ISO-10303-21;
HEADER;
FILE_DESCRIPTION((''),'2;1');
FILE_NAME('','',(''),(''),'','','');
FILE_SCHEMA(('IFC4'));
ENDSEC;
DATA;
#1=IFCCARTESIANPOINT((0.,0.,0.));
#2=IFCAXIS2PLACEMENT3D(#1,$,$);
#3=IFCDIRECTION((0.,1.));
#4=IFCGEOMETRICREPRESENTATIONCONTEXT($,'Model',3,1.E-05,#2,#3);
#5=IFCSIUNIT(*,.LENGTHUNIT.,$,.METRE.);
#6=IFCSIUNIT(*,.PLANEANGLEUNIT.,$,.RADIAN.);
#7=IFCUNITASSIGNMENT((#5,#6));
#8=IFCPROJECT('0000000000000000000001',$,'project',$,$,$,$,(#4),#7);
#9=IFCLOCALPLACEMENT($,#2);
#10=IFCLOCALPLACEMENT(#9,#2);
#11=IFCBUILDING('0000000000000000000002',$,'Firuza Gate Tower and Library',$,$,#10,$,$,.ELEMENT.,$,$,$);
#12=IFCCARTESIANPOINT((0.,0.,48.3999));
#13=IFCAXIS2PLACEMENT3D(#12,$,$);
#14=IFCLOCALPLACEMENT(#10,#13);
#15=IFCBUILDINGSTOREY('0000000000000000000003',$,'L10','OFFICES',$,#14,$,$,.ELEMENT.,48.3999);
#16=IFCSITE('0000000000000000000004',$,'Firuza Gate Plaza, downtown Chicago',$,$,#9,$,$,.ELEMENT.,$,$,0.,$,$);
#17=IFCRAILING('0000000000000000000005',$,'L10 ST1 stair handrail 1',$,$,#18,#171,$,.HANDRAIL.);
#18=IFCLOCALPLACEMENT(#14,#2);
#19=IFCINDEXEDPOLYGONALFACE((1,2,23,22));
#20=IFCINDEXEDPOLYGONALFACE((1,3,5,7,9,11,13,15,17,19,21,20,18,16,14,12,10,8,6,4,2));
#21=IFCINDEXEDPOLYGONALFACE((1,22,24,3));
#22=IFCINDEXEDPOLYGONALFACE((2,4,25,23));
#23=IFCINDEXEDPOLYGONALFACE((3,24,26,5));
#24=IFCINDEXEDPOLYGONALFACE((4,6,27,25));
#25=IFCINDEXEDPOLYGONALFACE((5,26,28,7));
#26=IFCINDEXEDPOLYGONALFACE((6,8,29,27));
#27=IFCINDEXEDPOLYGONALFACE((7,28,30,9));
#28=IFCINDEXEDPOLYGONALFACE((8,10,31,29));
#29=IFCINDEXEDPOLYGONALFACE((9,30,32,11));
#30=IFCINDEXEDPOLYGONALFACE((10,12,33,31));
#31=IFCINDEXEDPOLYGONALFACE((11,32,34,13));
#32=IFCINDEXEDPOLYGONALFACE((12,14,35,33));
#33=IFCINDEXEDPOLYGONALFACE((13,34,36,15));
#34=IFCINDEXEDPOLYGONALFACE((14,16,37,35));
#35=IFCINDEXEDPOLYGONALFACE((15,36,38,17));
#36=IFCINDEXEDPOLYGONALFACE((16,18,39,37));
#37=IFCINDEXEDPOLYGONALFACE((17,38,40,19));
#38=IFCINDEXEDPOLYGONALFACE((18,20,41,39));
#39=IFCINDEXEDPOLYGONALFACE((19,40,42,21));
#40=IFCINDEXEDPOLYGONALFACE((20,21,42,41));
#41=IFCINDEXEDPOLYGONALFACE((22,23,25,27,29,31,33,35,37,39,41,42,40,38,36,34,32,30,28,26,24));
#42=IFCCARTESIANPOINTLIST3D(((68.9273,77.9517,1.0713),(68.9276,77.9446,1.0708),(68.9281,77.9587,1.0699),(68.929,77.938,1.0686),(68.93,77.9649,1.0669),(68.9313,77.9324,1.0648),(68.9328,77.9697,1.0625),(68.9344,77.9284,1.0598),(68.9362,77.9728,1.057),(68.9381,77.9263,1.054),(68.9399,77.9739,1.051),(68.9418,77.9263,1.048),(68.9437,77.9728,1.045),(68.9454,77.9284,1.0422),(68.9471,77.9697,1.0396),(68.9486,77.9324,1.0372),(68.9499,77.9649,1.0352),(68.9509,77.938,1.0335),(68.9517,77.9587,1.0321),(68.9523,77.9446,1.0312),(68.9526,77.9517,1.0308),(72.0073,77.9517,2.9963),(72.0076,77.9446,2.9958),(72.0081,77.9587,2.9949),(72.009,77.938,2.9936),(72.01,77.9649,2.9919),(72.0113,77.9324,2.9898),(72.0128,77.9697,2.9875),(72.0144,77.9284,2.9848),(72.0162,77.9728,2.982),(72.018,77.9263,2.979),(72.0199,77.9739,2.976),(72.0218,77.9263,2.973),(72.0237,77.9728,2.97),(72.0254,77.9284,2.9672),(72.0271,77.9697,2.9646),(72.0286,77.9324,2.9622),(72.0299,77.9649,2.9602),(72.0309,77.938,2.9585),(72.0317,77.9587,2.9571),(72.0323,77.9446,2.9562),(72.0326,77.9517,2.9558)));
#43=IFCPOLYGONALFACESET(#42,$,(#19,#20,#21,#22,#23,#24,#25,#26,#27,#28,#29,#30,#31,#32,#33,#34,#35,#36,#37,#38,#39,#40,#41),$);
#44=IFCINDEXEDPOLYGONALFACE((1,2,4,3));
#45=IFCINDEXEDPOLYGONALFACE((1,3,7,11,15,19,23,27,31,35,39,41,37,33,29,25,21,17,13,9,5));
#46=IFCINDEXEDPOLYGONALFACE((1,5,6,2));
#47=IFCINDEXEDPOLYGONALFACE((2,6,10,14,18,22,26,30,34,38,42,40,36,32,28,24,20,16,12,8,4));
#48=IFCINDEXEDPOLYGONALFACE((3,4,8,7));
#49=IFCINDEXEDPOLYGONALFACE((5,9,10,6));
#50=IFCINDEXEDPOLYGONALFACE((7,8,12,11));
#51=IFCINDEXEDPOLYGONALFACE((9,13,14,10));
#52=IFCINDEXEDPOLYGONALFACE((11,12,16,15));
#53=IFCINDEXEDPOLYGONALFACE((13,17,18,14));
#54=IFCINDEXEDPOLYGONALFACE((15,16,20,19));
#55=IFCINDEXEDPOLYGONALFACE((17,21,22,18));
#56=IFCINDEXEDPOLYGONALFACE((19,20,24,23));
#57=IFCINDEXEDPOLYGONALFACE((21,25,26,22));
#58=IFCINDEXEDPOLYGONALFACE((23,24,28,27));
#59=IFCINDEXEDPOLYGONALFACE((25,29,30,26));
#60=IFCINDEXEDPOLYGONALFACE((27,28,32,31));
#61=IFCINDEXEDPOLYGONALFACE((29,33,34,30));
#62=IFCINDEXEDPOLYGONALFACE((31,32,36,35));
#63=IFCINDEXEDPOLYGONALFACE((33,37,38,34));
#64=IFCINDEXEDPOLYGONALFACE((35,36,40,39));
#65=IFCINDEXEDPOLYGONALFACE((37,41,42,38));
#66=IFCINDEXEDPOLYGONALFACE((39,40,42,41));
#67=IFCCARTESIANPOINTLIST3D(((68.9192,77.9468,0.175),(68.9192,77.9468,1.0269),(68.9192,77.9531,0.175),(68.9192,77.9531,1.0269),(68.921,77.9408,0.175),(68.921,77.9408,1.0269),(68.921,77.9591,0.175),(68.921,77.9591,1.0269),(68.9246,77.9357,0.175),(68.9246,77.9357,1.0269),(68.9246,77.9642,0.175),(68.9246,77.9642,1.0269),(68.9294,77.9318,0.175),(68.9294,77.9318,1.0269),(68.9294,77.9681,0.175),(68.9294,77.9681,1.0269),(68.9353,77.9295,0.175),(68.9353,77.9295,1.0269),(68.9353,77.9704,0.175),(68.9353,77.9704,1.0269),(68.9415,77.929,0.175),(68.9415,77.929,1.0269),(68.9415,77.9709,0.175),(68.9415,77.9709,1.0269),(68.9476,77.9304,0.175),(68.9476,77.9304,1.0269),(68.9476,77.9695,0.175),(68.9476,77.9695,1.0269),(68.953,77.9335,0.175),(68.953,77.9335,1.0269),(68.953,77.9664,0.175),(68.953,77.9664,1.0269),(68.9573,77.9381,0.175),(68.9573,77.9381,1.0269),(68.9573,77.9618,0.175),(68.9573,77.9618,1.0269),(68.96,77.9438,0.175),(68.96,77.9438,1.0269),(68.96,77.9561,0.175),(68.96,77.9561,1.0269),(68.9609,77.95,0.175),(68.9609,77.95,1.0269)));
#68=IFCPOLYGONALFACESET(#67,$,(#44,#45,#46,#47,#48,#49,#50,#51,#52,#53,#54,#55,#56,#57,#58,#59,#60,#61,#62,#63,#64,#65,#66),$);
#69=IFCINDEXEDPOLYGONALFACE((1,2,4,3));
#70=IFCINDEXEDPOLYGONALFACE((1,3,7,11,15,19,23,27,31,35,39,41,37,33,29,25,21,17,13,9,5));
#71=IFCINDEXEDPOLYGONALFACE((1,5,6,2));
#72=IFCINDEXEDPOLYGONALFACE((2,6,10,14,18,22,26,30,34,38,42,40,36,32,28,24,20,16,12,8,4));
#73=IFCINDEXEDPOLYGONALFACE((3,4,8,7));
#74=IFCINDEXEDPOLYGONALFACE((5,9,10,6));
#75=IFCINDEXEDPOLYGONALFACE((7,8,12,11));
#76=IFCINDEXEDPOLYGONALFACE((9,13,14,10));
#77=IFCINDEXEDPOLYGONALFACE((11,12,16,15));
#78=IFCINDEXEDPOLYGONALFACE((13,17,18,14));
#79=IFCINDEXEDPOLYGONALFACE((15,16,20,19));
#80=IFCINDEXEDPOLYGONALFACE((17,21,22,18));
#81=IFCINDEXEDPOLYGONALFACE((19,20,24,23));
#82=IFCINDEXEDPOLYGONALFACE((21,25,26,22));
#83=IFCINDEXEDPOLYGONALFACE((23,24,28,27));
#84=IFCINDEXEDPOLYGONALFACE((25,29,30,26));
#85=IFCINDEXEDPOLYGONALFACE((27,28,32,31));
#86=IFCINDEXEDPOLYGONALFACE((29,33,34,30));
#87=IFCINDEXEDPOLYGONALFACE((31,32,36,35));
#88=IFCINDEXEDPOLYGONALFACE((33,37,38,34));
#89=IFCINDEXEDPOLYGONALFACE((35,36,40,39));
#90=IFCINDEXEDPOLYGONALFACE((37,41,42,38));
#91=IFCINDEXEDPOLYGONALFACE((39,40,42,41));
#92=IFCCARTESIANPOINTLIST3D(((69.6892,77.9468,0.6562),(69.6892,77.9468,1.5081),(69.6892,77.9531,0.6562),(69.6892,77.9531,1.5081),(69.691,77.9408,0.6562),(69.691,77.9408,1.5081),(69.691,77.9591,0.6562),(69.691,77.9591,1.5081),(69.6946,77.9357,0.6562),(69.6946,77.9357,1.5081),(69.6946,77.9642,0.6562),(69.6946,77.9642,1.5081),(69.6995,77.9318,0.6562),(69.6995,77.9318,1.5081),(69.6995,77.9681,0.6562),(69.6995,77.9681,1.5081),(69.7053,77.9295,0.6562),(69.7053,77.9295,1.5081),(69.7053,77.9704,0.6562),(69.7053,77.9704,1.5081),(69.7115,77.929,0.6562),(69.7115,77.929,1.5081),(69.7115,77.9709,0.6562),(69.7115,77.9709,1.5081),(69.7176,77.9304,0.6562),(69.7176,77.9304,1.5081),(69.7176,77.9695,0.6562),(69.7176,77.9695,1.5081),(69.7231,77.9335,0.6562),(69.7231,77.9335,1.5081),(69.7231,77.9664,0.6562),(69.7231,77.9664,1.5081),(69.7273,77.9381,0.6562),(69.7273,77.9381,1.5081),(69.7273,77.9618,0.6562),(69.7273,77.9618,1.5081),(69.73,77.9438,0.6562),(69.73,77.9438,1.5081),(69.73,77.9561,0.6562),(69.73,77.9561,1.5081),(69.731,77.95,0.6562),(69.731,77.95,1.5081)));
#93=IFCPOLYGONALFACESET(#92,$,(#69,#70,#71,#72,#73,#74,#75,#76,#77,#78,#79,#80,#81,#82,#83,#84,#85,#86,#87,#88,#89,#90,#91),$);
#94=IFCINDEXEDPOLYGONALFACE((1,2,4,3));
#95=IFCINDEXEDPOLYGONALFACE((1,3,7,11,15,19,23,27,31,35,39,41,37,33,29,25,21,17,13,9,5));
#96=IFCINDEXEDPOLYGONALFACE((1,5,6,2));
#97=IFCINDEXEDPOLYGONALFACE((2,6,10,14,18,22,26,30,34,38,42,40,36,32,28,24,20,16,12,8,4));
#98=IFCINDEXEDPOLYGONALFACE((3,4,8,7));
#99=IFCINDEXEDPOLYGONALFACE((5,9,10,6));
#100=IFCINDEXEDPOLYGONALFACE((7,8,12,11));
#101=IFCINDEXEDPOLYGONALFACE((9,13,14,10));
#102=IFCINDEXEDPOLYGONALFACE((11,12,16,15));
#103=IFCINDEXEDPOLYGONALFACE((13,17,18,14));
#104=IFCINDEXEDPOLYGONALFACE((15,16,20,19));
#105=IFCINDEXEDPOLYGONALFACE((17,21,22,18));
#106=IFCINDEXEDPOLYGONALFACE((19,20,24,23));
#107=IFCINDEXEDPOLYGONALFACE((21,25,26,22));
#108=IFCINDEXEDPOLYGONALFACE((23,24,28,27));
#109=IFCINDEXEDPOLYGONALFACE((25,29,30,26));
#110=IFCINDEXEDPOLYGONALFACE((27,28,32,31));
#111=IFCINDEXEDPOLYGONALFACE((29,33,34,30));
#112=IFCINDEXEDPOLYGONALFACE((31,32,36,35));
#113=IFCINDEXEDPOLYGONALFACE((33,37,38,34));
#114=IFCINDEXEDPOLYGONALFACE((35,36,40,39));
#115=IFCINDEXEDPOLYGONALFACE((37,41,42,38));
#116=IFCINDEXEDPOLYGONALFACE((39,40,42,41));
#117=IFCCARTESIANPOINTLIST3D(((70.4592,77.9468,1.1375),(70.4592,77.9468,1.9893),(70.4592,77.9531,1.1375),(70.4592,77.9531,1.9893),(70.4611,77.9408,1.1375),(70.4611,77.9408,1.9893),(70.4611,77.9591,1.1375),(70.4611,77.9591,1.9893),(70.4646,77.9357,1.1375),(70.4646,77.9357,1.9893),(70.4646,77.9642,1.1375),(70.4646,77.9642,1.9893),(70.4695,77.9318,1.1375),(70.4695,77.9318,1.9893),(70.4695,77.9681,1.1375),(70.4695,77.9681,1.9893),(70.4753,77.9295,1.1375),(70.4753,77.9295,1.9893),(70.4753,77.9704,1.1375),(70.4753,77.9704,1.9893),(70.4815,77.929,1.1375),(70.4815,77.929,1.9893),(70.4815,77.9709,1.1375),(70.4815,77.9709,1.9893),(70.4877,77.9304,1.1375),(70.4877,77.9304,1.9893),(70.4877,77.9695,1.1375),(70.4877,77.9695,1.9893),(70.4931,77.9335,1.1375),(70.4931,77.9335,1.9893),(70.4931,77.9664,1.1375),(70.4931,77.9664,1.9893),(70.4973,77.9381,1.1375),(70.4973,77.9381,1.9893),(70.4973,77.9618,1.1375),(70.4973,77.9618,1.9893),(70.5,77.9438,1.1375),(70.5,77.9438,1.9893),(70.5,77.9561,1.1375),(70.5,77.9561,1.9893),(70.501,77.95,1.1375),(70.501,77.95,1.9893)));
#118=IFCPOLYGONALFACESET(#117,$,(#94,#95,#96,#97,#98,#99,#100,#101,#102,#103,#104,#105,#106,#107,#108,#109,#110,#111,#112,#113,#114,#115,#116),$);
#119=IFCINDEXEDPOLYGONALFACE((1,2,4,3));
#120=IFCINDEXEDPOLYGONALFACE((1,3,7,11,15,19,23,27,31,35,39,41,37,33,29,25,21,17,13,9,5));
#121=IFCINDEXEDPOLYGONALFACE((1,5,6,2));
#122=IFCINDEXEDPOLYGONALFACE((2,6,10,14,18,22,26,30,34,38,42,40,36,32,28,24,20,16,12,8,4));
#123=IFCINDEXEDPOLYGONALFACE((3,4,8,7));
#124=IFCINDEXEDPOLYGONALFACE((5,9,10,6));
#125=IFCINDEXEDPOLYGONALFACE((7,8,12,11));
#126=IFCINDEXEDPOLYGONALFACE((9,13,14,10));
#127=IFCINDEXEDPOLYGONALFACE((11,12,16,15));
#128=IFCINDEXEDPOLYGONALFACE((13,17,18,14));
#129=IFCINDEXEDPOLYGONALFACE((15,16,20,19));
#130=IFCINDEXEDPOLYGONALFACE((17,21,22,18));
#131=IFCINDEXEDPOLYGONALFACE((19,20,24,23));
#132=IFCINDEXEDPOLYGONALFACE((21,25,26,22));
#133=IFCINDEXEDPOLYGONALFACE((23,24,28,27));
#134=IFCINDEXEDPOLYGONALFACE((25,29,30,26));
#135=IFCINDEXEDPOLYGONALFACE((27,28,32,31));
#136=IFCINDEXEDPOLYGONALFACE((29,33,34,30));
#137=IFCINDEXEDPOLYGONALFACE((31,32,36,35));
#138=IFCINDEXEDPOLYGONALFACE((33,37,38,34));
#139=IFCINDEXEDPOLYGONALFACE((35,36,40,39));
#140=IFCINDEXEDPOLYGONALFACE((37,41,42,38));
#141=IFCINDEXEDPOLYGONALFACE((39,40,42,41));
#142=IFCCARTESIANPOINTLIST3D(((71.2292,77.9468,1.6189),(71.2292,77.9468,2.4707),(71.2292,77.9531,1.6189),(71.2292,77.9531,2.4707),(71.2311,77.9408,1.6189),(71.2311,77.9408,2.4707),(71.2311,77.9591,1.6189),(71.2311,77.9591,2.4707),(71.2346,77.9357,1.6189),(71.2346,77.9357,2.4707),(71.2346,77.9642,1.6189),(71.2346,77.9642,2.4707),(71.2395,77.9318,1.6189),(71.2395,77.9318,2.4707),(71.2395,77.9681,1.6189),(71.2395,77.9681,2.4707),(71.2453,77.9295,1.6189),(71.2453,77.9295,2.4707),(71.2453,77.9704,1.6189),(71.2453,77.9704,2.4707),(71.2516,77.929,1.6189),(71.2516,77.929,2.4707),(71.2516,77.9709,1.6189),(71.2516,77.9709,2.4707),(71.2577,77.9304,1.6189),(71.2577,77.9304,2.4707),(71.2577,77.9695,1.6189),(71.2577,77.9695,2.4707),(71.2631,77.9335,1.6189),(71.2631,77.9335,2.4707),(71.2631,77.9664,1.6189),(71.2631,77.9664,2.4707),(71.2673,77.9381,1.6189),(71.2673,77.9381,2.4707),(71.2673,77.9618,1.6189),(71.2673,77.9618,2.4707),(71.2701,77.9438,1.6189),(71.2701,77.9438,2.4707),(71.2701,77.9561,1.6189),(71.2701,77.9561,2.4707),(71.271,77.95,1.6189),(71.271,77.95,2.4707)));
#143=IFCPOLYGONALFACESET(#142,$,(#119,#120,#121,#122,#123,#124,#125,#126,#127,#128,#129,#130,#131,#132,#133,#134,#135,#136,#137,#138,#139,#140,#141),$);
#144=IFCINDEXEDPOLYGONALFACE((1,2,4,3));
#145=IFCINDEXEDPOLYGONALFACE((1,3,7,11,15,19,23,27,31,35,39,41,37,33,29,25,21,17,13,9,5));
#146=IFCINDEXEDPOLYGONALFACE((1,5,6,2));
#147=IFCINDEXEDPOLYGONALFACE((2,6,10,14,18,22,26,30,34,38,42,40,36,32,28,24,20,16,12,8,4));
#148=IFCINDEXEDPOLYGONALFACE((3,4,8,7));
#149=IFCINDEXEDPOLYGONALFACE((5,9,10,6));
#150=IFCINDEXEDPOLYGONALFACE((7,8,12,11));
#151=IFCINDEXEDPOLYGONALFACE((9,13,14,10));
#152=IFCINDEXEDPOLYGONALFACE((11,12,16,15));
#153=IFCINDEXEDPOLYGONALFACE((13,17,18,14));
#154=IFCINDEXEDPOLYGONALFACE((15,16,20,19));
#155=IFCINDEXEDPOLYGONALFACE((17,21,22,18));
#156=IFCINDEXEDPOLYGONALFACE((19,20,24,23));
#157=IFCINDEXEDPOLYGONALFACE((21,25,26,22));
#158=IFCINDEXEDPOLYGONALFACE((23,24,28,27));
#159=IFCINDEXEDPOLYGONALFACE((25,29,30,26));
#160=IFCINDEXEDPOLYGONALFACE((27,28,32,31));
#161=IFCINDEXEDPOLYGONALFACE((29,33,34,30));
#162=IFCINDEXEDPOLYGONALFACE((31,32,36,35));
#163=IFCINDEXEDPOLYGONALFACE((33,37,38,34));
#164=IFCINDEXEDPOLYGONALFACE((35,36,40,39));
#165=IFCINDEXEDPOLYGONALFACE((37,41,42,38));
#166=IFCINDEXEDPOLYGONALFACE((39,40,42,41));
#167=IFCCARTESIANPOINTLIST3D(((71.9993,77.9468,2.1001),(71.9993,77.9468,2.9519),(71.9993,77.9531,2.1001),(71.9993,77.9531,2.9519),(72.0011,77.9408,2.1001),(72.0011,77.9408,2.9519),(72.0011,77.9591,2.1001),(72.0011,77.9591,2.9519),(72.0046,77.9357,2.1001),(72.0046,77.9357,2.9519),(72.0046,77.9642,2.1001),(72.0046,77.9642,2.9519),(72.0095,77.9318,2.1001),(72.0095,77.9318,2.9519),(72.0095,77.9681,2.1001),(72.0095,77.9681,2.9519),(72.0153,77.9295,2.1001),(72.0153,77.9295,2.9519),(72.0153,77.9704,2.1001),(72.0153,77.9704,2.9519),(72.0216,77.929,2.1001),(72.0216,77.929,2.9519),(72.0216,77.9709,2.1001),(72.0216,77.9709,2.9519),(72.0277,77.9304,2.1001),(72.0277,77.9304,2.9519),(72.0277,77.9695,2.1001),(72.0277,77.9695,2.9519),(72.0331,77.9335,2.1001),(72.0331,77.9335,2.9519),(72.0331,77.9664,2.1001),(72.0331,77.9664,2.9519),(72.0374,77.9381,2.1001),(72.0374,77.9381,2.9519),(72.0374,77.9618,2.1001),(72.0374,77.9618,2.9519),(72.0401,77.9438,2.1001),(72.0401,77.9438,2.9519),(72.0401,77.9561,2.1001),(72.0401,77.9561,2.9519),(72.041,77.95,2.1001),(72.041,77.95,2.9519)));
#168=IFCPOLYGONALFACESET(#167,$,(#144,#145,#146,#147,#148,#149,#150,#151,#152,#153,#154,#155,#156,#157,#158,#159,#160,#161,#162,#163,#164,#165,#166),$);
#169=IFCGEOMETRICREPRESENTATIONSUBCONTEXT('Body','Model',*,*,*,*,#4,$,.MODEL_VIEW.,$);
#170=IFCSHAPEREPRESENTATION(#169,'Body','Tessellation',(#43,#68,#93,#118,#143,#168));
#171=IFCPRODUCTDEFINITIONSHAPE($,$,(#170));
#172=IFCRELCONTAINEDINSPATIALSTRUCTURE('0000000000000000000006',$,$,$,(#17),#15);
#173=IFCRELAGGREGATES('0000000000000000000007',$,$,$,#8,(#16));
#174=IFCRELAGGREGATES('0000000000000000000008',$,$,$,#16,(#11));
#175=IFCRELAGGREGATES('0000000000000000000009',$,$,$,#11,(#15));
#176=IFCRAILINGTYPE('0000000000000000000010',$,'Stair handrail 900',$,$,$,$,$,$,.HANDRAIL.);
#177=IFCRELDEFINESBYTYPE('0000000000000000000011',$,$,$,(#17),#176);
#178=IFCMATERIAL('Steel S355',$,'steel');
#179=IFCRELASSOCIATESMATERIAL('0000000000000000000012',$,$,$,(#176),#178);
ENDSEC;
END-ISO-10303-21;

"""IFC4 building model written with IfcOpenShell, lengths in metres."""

from ifc_helpers import new_model, si_unit, direction, frame, origin, origin_2d, place, context, subcontext, project, spatial, circle, extrude, material, type_object, element, save


model = new_model("IFC4")

# Units and contexts
model_context = context("Model", 3, precision=1e-05, world=origin(), true_north=direction((0.0, 1.0)))
body_context = subcontext(model_context, "Body", "Model", "MODEL_VIEW")
ifc_project = project(units=[si_unit("LENGTHUNIT", "METRE"), si_unit("PLANEANGLEUNIT", "RADIAN")], contexts=[model_context])

# Site, building, storey
site_placement = place(None, origin())
site = spatial("IfcSite", under=ifc_project, at=site_placement, Name="Firuza Gate Plaza, downtown Chicago", CompositionType="ELEMENT", RefElevation=0.0)
building_placement = place(site_placement, origin())
building = spatial("IfcBuilding", under=site, at=building_placement, Name="Firuza Gate Tower and Library", CompositionType="ELEMENT")
storey_placement = place(building_placement, frame((0.0, 0.0, 48.3999)))
storey = spatial("IfcBuildingStorey", under=building, at=storey_placement, Name="L10", Description="OFFICES", CompositionType="ELEMENT", Elevation=48.3999)

# Railing
ifc_material_1 = material(Name="Steel S355", Category="steel")
railing_type_1 = type_object("IfcRailingType", Name="Stair handrail 900", PredefinedType="HANDRAIL", material=ifc_material_1)
railing_1_placement = place(storey_placement, frame((68.9399, 77.95, 0.175)))
element("IfcRailing", 1, at=railing_1_placement, inside=storey, type_object=railing_type_1, Name="L10 ST1 stair handrail 1", PredefinedType="HANDRAIL", context=body_context, shape_type="SweptSolid", body=[
    extrude(circle(Radius=0.0239, at=origin_2d()), frame((0.0, 0.0, 0.876), z_axis=(0.847998, 0.0, 0.529999), x_axis=(0.0, 1.0, 0.0)), (0.0, 0.0, 1.0), 3.6321),
    extrude(circle(Radius=0.021, at=origin_2d()), origin(), (0.0, 0.0, 1.0), 0.8518),
    extrude(circle(Radius=0.021, at=origin_2d()), frame((0.77, 0.0, 0.4812)), (0.0, 0.0, 1.0), 0.8518),
    extrude(circle(Radius=0.021, at=origin_2d()), frame((1.54, 0.0, 0.9624)), (0.0, 0.0, 1.0), 0.8518),
    extrude(circle(Radius=0.021, at=origin_2d()), frame((2.3101, 0.0, 1.4438)), (0.0, 0.0, 1.0), 0.8518),
    extrude(circle(Radius=0.021, at=origin_2d()), frame((3.0801, 0.0, 1.925)), (0.0, 0.0, 1.0), 0.8518),
])

save(model, "model.ifc")
